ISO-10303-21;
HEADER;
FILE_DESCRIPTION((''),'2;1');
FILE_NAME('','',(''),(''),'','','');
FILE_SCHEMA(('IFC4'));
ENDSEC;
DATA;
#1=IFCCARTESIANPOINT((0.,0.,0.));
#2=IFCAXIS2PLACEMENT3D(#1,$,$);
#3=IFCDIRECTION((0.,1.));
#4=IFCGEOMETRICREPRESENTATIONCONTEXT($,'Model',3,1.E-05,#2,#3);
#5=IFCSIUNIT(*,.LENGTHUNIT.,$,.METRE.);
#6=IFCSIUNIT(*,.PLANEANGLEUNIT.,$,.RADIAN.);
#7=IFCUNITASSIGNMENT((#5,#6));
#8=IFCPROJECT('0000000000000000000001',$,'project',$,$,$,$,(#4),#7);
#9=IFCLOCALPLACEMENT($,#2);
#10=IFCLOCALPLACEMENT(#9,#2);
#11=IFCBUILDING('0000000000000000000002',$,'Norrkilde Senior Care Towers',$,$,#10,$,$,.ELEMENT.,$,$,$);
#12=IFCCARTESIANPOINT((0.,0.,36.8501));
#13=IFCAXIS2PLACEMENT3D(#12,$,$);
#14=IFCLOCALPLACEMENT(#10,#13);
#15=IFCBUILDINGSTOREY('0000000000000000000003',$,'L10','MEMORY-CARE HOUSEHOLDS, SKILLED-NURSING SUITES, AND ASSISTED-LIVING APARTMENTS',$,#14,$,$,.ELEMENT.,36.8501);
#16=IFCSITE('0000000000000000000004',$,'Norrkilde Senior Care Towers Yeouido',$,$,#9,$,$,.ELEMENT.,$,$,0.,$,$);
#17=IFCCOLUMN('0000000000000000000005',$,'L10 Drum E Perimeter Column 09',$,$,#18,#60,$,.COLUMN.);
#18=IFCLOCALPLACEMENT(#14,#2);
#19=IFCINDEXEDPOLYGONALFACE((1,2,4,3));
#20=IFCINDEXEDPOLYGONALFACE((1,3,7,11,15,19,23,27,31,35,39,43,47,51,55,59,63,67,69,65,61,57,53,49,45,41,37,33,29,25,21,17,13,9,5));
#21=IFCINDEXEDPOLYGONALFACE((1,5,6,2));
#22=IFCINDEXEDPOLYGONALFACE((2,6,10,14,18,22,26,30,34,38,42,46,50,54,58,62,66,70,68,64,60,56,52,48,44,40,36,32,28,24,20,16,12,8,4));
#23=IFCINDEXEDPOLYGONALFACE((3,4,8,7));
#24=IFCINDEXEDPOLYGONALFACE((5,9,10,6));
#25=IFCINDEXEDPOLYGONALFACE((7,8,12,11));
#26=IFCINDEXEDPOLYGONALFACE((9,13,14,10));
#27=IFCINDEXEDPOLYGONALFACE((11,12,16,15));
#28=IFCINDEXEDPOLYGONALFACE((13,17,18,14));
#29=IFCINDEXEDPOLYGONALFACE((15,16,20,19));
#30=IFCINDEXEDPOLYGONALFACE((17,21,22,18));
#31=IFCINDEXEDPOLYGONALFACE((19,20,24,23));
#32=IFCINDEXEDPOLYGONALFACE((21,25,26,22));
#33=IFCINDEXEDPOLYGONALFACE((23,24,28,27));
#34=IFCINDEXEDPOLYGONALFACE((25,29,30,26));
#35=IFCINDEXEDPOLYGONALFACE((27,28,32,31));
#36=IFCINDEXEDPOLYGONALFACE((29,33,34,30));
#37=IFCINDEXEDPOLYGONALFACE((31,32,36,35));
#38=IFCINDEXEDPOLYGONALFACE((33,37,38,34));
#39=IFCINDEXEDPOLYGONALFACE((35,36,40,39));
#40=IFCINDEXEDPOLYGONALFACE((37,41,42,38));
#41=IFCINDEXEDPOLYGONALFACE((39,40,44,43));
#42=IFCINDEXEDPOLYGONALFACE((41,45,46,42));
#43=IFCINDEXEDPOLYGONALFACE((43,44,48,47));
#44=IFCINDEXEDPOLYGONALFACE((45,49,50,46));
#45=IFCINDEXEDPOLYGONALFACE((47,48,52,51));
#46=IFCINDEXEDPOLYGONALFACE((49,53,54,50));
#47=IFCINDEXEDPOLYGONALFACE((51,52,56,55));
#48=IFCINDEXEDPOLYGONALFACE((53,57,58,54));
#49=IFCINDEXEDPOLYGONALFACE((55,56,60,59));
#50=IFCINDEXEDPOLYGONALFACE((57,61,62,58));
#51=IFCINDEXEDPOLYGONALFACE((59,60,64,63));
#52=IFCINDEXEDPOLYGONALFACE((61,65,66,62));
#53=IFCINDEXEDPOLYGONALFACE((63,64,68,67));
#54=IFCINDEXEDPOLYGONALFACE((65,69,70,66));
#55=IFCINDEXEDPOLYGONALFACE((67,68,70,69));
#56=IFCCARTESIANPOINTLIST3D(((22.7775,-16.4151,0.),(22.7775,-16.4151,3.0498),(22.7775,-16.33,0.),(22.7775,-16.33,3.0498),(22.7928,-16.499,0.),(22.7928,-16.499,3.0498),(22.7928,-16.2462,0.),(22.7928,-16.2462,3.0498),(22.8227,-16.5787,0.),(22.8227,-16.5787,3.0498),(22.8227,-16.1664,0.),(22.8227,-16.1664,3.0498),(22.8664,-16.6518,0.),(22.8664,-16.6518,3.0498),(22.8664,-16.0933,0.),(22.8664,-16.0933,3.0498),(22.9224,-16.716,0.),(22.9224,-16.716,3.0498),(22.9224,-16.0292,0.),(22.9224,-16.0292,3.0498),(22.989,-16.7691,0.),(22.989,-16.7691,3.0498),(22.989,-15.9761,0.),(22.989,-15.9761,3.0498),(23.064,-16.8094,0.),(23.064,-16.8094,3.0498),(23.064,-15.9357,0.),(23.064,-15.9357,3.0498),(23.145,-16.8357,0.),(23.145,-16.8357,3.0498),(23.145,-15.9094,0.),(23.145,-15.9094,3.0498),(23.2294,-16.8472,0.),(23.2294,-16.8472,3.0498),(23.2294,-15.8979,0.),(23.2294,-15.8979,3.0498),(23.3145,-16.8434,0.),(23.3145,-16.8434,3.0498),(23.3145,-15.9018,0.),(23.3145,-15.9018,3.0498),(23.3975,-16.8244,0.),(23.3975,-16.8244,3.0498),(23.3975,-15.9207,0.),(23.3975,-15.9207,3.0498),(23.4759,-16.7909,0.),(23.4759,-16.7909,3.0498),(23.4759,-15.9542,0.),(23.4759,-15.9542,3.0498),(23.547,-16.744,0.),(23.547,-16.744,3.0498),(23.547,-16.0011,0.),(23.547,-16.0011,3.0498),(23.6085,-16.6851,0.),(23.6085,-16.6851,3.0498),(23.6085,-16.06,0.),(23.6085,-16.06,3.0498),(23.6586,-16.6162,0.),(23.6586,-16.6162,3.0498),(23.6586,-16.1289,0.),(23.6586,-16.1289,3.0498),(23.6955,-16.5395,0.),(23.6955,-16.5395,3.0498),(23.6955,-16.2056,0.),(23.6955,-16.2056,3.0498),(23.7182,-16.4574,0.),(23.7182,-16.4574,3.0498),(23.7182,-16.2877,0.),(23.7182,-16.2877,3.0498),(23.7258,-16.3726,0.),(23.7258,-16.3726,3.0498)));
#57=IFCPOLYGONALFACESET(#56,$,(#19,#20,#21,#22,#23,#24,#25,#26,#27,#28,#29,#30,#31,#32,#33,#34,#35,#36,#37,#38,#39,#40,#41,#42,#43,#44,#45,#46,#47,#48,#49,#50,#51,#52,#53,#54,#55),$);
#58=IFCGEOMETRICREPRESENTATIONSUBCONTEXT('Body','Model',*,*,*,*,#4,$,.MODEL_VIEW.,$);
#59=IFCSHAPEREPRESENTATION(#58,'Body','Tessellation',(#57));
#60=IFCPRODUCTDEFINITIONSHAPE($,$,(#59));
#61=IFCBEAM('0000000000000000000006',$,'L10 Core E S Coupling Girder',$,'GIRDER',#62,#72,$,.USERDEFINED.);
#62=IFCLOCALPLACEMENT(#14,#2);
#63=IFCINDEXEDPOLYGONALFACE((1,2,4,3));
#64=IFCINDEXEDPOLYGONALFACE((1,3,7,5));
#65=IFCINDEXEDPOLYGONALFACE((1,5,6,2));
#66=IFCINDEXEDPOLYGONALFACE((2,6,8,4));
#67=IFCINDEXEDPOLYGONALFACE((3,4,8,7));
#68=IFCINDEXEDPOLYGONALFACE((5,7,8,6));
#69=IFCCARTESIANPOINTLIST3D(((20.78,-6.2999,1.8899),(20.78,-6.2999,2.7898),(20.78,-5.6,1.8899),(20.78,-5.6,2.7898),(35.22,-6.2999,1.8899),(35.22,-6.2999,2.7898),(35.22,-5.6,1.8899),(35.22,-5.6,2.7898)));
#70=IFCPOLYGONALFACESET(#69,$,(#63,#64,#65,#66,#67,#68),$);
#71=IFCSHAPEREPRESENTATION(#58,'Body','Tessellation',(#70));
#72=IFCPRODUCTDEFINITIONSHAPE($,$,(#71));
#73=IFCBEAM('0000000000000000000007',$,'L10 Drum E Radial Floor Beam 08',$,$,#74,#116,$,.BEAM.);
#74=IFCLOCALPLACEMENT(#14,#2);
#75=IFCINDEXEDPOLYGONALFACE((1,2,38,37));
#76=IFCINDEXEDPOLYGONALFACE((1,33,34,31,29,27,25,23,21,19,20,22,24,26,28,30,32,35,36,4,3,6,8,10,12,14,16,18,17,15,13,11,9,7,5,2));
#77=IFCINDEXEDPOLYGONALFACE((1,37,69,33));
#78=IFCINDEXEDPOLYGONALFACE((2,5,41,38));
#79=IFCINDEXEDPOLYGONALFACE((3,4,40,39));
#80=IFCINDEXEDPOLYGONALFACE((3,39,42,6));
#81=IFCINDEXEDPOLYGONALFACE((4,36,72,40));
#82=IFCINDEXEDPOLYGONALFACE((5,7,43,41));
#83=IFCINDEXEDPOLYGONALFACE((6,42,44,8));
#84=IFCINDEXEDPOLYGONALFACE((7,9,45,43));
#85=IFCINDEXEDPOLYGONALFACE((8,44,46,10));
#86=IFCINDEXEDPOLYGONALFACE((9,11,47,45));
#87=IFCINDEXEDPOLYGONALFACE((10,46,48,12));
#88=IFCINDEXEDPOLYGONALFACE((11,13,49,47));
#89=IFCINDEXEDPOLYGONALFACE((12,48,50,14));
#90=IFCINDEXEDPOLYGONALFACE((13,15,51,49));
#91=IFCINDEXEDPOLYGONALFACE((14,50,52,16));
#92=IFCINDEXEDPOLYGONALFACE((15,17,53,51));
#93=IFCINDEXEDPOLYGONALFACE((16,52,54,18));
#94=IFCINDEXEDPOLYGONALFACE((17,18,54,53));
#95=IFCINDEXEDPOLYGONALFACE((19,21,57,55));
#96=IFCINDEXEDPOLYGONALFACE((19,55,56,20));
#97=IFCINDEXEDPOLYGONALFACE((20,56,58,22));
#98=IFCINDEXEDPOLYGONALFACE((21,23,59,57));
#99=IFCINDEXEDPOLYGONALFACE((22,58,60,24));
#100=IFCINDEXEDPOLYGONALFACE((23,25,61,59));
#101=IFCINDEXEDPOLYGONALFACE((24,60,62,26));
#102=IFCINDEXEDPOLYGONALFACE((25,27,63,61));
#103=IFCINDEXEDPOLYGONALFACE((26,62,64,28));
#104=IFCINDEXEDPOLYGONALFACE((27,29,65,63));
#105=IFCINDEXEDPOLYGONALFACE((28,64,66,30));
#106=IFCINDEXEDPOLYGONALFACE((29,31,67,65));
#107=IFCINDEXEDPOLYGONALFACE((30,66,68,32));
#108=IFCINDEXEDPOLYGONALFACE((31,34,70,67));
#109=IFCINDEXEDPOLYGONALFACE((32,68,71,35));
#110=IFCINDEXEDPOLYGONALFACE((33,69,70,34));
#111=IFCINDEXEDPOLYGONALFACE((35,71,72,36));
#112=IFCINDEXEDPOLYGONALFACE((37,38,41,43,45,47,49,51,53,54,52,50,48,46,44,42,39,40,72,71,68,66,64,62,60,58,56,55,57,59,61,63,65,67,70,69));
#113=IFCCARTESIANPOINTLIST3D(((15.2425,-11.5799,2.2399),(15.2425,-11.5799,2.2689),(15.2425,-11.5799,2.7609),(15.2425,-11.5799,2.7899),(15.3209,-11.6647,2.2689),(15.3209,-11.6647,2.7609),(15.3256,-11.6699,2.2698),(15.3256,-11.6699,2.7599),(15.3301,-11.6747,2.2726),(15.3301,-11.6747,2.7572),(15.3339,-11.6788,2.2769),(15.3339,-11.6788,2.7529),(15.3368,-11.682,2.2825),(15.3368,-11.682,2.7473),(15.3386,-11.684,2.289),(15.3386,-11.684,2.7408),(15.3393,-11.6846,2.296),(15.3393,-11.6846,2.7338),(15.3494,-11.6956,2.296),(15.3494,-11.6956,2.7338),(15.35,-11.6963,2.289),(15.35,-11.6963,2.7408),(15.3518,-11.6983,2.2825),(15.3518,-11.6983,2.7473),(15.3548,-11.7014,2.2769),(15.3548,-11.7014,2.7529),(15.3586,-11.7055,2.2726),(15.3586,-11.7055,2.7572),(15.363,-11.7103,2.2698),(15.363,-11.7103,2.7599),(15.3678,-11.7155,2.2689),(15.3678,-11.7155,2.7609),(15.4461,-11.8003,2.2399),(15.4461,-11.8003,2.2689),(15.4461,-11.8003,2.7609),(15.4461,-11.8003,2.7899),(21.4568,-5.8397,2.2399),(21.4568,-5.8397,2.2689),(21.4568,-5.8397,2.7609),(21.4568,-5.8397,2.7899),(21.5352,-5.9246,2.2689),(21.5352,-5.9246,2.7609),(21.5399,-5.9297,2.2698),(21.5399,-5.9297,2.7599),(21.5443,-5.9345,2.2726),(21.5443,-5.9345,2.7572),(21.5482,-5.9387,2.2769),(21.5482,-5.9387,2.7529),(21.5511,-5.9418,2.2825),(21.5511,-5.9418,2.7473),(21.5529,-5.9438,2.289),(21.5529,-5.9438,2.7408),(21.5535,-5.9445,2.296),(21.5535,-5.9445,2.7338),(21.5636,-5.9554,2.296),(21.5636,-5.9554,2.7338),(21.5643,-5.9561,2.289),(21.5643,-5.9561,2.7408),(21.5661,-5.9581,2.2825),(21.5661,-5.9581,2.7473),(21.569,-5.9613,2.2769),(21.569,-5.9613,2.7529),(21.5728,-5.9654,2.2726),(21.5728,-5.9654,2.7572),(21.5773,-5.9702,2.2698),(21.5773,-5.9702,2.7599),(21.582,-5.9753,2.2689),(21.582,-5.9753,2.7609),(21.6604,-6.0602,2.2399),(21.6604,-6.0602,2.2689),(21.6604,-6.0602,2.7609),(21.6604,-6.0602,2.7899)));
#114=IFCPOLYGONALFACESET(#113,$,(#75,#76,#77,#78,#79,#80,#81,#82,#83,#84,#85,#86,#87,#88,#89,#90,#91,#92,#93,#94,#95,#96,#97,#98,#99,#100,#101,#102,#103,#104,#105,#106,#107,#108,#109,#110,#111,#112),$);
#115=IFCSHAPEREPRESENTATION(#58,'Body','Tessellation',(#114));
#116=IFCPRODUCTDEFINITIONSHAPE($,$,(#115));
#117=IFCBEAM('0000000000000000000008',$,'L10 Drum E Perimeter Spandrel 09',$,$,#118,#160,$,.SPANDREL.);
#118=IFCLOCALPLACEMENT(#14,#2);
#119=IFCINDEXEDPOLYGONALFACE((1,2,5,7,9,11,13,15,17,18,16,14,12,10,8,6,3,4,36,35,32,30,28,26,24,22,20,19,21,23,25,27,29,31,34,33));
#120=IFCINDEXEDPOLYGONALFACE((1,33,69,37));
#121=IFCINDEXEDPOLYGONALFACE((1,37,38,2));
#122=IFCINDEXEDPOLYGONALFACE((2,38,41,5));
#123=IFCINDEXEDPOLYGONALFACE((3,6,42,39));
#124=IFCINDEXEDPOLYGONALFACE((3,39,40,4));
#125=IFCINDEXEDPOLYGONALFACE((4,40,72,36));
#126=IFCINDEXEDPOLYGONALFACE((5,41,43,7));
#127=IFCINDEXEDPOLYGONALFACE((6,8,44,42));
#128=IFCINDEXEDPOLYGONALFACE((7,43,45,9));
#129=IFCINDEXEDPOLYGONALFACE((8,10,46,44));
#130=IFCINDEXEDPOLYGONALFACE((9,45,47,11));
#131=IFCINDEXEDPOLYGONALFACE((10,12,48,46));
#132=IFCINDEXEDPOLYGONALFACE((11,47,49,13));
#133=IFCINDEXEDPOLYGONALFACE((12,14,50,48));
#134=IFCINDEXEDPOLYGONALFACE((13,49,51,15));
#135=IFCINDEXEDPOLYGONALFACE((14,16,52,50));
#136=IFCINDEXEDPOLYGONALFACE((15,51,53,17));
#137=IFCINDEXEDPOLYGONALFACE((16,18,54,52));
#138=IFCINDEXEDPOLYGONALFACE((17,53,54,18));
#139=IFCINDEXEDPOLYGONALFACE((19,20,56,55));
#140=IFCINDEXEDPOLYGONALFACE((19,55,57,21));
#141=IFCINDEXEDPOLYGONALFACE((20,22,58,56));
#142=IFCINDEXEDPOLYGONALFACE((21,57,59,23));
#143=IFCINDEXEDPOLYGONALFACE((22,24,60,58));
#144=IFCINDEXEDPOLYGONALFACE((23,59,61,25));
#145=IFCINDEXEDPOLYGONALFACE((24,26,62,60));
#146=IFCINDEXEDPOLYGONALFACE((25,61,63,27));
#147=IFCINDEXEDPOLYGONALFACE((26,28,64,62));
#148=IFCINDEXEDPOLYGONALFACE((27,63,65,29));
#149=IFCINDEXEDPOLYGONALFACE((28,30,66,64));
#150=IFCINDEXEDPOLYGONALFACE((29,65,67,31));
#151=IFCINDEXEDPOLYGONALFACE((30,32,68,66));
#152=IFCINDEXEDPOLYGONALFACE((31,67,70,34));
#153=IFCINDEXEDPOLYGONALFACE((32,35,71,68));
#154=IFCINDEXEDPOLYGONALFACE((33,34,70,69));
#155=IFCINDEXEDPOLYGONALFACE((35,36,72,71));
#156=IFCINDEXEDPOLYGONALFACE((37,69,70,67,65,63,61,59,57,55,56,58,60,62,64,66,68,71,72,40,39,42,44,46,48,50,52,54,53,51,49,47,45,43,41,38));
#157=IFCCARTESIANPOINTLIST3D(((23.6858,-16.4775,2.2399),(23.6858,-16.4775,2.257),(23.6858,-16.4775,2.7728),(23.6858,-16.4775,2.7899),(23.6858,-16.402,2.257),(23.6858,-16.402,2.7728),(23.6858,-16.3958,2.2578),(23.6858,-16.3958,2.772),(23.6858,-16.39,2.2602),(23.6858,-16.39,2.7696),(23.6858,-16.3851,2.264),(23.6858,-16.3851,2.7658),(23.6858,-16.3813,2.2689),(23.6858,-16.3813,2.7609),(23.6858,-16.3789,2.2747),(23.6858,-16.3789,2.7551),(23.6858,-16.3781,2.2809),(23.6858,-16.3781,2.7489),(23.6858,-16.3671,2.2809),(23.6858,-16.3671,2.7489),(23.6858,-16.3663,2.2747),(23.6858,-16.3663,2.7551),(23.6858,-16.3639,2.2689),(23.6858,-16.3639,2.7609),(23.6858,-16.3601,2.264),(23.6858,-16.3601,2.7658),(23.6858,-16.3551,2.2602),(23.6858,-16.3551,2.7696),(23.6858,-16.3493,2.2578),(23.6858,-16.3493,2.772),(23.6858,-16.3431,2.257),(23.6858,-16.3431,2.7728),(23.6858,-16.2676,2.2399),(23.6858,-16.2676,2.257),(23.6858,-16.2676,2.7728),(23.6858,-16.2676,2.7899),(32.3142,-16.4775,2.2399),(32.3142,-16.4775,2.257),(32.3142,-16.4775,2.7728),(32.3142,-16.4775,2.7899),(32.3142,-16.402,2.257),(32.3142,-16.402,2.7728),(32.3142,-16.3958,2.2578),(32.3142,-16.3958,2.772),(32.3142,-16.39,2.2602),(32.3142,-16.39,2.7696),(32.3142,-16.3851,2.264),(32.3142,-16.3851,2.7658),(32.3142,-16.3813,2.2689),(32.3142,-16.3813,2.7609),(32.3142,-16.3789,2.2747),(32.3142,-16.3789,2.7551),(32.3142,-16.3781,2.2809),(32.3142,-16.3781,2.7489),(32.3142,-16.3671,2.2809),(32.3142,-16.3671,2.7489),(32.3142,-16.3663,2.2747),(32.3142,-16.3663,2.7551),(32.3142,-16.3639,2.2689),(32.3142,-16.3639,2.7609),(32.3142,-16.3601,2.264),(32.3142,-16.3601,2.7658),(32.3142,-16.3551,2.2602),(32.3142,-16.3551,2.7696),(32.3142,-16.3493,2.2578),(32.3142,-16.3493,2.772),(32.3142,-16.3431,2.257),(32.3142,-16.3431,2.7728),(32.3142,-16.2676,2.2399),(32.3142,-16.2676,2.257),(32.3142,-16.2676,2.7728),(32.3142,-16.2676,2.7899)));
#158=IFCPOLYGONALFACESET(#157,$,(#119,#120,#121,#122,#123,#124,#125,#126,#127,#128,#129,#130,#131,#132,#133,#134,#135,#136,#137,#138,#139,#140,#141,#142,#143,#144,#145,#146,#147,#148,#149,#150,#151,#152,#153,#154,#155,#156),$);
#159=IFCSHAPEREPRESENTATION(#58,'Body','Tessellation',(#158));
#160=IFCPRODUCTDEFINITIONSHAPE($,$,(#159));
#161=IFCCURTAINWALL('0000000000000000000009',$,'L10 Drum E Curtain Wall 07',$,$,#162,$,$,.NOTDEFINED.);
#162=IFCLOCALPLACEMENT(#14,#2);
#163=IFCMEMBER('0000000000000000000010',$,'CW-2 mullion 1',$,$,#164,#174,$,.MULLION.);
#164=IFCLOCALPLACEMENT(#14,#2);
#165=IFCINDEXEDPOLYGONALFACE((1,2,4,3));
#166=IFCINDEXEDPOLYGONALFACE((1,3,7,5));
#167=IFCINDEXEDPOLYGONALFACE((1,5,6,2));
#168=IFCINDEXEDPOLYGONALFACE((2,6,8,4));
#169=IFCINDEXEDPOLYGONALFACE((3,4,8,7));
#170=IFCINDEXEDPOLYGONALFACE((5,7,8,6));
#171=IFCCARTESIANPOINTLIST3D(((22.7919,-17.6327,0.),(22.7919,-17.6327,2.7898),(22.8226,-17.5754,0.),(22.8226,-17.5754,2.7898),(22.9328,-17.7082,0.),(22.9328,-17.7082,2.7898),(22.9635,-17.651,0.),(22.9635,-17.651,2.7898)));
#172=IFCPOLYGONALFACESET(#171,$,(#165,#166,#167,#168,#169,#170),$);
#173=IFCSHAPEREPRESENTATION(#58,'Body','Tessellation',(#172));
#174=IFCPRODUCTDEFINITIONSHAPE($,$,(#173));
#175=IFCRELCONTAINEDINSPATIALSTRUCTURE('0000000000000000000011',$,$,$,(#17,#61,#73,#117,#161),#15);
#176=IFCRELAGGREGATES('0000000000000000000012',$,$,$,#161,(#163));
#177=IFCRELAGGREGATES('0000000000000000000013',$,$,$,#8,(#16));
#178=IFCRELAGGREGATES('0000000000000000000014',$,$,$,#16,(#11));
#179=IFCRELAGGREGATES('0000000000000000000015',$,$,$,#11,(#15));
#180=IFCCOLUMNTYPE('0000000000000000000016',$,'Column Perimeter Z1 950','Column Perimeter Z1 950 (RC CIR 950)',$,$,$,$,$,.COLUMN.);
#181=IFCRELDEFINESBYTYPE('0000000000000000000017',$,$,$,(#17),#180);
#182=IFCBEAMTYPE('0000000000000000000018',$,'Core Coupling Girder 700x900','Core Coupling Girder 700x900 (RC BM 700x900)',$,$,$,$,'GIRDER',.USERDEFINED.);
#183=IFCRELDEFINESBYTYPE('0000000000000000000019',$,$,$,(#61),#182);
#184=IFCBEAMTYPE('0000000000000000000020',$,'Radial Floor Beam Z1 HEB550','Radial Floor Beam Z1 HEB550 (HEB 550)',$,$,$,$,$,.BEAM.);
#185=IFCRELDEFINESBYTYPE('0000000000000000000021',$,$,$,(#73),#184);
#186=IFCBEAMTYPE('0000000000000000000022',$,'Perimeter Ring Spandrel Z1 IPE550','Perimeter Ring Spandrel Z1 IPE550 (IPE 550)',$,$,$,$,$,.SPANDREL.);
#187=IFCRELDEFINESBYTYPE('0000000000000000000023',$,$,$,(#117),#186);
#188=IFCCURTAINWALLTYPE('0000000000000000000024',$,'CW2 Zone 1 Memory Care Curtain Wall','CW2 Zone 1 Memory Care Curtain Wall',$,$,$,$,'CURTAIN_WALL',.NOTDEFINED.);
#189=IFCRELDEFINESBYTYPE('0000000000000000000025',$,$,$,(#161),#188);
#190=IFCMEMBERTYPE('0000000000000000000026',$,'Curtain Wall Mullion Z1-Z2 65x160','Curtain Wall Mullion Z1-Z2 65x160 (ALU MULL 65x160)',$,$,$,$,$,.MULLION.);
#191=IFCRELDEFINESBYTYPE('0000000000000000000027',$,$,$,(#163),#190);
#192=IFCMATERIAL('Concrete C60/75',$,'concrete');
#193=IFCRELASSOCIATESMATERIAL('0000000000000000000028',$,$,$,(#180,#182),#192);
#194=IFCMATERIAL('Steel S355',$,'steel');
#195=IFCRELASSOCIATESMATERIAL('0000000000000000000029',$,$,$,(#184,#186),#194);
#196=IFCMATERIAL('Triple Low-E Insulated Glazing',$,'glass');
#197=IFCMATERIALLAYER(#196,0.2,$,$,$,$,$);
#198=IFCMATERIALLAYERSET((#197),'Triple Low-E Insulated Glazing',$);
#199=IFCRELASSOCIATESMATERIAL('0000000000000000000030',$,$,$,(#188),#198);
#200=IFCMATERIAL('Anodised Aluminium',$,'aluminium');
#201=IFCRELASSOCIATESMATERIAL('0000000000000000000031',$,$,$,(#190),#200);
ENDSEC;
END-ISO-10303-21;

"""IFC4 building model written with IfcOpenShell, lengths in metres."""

from ifc_helpers import new_model, si_unit, direction, frame, origin, origin_2d, place, context, subcontext, project, spatial, rectangle, circle, i_section, extrude, source, transform, mapped, material, layer, layer_set, material_profile, profile_set, type_object, type_shapes, element, aggregate, save


model = new_model("IFC4")

# Units and contexts
model_context = context("Model", 3, precision=1e-05, world=origin(), true_north=direction((0.0, 1.0)))
body_context = subcontext(model_context, "Body", "Model", "MODEL_VIEW")
ifc_project = project(units=[si_unit("LENGTHUNIT", "METRE"), si_unit("PLANEANGLEUNIT", "RADIAN")], contexts=[model_context])

# Site, building, storey
site_placement = place(None, origin())
site = spatial("IfcSite", under=ifc_project, at=site_placement, Name="Norrkilde Senior Care Towers Yeouido", CompositionType="ELEMENT", RefElevation=0.0)
building_placement = place(site_placement, origin())
building = spatial("IfcBuilding", under=site, at=building_placement, Name="Norrkilde Senior Care Towers", CompositionType="ELEMENT")
storey_placement = place(building_placement, frame((0.0, 0.0, 36.8501)))
storey = spatial("IfcBuildingStorey", under=building, at=storey_placement, Name="L10", Description="MEMORY-CARE HOUSEHOLDS, SKILLED-NURSING SUITES, AND ASSISTED-LIVING APARTMENTS", CompositionType="ELEMENT", Elevation=36.8501)

# Column
ifc_material_1 = material(Name="Concrete C60/75", Category="concrete")
ifc_material_profile_1 = material_profile(ifc_material_1, circle(Radius=0.4751, at=origin_2d()), Name="RC CIR 950")
ifc_profile_set_1 = profile_set([ifc_material_profile_1], Name="Concrete C60/75")
column_type = type_object("IfcColumnType", Name="Column Perimeter Z1 950", Description="Column Perimeter Z1 950 (RC CIR 950)", PredefinedType="COLUMN", material=ifc_profile_set_1)
shared_shape_1 = source(origin(), body_context, "Body", "SweptSolid", [
    extrude(circle(Radius=0.4751, at=origin_2d()), origin(), (0.0, 0.0, 1.0), 3.0498),
])
type_shapes(column_type, [shared_shape_1])
column_placement = place(storey_placement, frame((23.2507, -16.3726, 0.0), z_axis=(0.0, 0.0, 1.0), x_axis=(1.0, 0.0, 0.0)))
element("IfcColumn", 1, at=column_placement, inside=storey, type_object=column_type, Name="L10 Drum E Perimeter Column 09", PredefinedType="COLUMN", context=body_context, shape_type="MappedRepresentation", body=[
    mapped(shared_shape_1, transform((0.0, 0.0, 0.0), x_axis=(1.0, 0.0, 0.0), y_axis=(0.0, 1.0, 0.0), z_axis=(0.0, 0.0, 1.0), scale=1.0)),
])

# Beams
ifc_material_profile_2 = material_profile(ifc_material_1, rectangle(XDim=0.7, YDim=0.8999, at=origin_2d()), Name="RC BM 700x900")
ifc_profile_set_2 = profile_set([ifc_material_profile_2], Name="Concrete C60/75")
beam_type_1 = type_object("IfcBeamType", Name="Core Coupling Girder 700x900", Description="Core Coupling Girder 700x900 (RC BM 700x900)", ElementType="GIRDER", PredefinedType="USERDEFINED", material=ifc_profile_set_2)
shared_shape_2 = source(origin(), body_context, "Body", "SweptSolid", [
    extrude(rectangle(XDim=0.7, YDim=0.8999, at=origin_2d()), origin(), (0.0, 0.0, 1.0), 14.4399),
])
type_shapes(beam_type_1, [shared_shape_2])
beam_1_placement = place(storey_placement, frame((20.78, -5.95, 2.3398), z_axis=(1.0, 0.0, 0.0), x_axis=(0.0, 1.0, 0.0)))
element("IfcBeam", 2, at=beam_1_placement, inside=storey, type_object=beam_type_1, Name="L10 Core E S Coupling Girder", ObjectType="GIRDER", PredefinedType="USERDEFINED", context=body_context, shape_type="MappedRepresentation", body=[
    mapped(shared_shape_2, transform((0.0, 0.0, 0.0), x_axis=(1.0, 0.0, 0.0), y_axis=(0.0, 1.0, 0.0), z_axis=(0.0, 0.0, 1.0), scale=1.0)),
])
ifc_material_2 = material(Name="Steel S355", Category="steel")
ifc_material_profile_3 = material_profile(ifc_material_2, i_section(OverallWidth=0.3, OverallDepth=0.55, WebThickness=0.0149, FlangeThickness=0.0291, FilletRadius=0.0271, at=origin_2d()), Name="HEB 550")
ifc_profile_set_3 = profile_set([ifc_material_profile_3], Name="Steel S355")
beam_type_2 = type_object("IfcBeamType", Name="Radial Floor Beam Z1 HEB550", Description="Radial Floor Beam Z1 HEB550 (HEB 550)", PredefinedType="BEAM", material=ifc_profile_set_3)
shared_shape_3 = source(origin(), body_context, "Body", "SweptSolid", [
    extrude(i_section(OverallWidth=0.3, OverallDepth=0.55, WebThickness=0.0149, FlangeThickness=0.0291, FilletRadius=0.0271, at=origin_2d()), origin(), (0.0, 0.0, 1.0), 8.4597),
])
type_shapes(beam_type_2, [shared_shape_3])
beam_2_placement = place(storey_placement, frame((21.5586, -5.95, 2.5149), z_axis=(-0.734573, -0.678529, 0.0), x_axis=(0.678529, -0.734573, 0.0)))
element("IfcBeam", 3, at=beam_2_placement, inside=storey, type_object=beam_type_2, Name="L10 Drum E Radial Floor Beam 08", PredefinedType="BEAM", context=body_context, shape_type="MappedRepresentation", body=[
    mapped(shared_shape_3, transform((0.0, 0.0, 0.0), x_axis=(1.0, 0.0, 0.0), y_axis=(0.0, 1.0, 0.0), z_axis=(0.0, 0.0, 1.0), scale=1.0)),
])
ifc_material_profile_4 = material_profile(ifc_material_2, i_section(OverallWidth=0.21, OverallDepth=0.55, WebThickness=0.011, FlangeThickness=0.0171, FilletRadius=0.0239, at=origin_2d()), Name="IPE 550")
ifc_profile_set_4 = profile_set([ifc_material_profile_4], Name="Steel S355")
beam_type_3 = type_object("IfcBeamType", Name="Perimeter Ring Spandrel Z1 IPE550", Description="Perimeter Ring Spandrel Z1 IPE550 (IPE 550)", PredefinedType="SPANDREL", material=ifc_profile_set_4)
shared_shape_4 = source(origin(), body_context, "Body", "SweptSolid", [
    extrude(i_section(OverallWidth=0.21, OverallDepth=0.55, WebThickness=0.011, FlangeThickness=0.0171, FilletRadius=0.0239, at=origin_2d()), origin(), (0.0, 0.0, 1.0), 8.6284),
])
type_shapes(beam_type_3, [shared_shape_4])
beam_3_placement = place(storey_placement, frame((23.6858, -16.3726, 2.5149), z_axis=(1.0, 0.0, 0.0), x_axis=(0.0, 1.0, 0.0)))
element("IfcBeam", 4, at=beam_3_placement, inside=storey, type_object=beam_type_3, Name="L10 Drum E Perimeter Spandrel 09", PredefinedType="SPANDREL", context=body_context, shape_type="MappedRepresentation", body=[
    mapped(shared_shape_4, transform((0.0, 0.0, 0.0), x_axis=(1.0, 0.0, 0.0), y_axis=(0.0, 1.0, 0.0), z_axis=(0.0, 0.0, 1.0), scale=1.0)),
])

# Curtain wall, member
ifc_material_3 = material(Name="Triple Low-E Insulated Glazing", Category="glass")
ifc_layer_1 = layer(ifc_material_3, 0.2)
ifc_layer_set_1 = layer_set([ifc_layer_1], Name="Triple Low-E Insulated Glazing")
curtain_wall_type = type_object("IfcCurtainWallType", Name="CW2 Zone 1 Memory Care Curtain Wall", Description="CW2 Zone 1 Memory Care Curtain Wall", ElementType="CURTAIN_WALL", PredefinedType="NOTDEFINED", material=ifc_layer_set_1)
curtain_wall_1_placement = place(storey_placement, origin())
curtain_wall_1 = element("IfcCurtainWall", 5, at=curtain_wall_1_placement, inside=storey, type_object=curtain_wall_type, Name="L10 Drum E Curtain Wall 07", PredefinedType="NOTDEFINED")
ifc_material_4 = material(Name="Anodised Aluminium", Category="aluminium")
ifc_material_profile_5 = material_profile(ifc_material_4, rectangle(XDim=0.0649, YDim=0.1599, at=origin_2d()), Name="ALU MULL 65x160")
ifc_profile_set_5 = profile_set([ifc_material_profile_5], Name="Anodised Aluminium")
member_type_1 = type_object("IfcMemberType", Name="Curtain Wall Mullion Z1-Z2 65x160", Description="Curtain Wall Mullion Z1-Z2 65x160 (ALU MULL 65x160)", PredefinedType="MULLION", material=ifc_profile_set_5)
shared_shape_5 = source(origin(), body_context, "Body", "SweptSolid", [
    extrude(rectangle(XDim=0.0649, YDim=0.1599, at=origin_2d()), origin(), (0.0, 0.0, 1.0), 2.7898),
])
type_shapes(member_type_1, [shared_shape_5])
member_1_placement = place(storey_placement, frame((22.8777, -17.6418, 0.0), z_axis=(0.0, 0.0, 1.0), x_axis=(-0.472608, -0.881273, 0.0)))
member_1 = element("IfcMember", 6, at=member_1_placement, type_object=member_type_1, Name="CW-2 mullion 1", PredefinedType="MULLION", context=body_context, shape_type="MappedRepresentation", body=[
    mapped(shared_shape_5, transform((0.0, 0.0, 0.0), x_axis=(1.0, 0.0, 0.0), y_axis=(0.0, 1.0, 0.0), z_axis=(0.0, 0.0, 1.0), scale=1.0)),
])

aggregate(curtain_wall_1, [member_1])

save(model, "model.ifc")
